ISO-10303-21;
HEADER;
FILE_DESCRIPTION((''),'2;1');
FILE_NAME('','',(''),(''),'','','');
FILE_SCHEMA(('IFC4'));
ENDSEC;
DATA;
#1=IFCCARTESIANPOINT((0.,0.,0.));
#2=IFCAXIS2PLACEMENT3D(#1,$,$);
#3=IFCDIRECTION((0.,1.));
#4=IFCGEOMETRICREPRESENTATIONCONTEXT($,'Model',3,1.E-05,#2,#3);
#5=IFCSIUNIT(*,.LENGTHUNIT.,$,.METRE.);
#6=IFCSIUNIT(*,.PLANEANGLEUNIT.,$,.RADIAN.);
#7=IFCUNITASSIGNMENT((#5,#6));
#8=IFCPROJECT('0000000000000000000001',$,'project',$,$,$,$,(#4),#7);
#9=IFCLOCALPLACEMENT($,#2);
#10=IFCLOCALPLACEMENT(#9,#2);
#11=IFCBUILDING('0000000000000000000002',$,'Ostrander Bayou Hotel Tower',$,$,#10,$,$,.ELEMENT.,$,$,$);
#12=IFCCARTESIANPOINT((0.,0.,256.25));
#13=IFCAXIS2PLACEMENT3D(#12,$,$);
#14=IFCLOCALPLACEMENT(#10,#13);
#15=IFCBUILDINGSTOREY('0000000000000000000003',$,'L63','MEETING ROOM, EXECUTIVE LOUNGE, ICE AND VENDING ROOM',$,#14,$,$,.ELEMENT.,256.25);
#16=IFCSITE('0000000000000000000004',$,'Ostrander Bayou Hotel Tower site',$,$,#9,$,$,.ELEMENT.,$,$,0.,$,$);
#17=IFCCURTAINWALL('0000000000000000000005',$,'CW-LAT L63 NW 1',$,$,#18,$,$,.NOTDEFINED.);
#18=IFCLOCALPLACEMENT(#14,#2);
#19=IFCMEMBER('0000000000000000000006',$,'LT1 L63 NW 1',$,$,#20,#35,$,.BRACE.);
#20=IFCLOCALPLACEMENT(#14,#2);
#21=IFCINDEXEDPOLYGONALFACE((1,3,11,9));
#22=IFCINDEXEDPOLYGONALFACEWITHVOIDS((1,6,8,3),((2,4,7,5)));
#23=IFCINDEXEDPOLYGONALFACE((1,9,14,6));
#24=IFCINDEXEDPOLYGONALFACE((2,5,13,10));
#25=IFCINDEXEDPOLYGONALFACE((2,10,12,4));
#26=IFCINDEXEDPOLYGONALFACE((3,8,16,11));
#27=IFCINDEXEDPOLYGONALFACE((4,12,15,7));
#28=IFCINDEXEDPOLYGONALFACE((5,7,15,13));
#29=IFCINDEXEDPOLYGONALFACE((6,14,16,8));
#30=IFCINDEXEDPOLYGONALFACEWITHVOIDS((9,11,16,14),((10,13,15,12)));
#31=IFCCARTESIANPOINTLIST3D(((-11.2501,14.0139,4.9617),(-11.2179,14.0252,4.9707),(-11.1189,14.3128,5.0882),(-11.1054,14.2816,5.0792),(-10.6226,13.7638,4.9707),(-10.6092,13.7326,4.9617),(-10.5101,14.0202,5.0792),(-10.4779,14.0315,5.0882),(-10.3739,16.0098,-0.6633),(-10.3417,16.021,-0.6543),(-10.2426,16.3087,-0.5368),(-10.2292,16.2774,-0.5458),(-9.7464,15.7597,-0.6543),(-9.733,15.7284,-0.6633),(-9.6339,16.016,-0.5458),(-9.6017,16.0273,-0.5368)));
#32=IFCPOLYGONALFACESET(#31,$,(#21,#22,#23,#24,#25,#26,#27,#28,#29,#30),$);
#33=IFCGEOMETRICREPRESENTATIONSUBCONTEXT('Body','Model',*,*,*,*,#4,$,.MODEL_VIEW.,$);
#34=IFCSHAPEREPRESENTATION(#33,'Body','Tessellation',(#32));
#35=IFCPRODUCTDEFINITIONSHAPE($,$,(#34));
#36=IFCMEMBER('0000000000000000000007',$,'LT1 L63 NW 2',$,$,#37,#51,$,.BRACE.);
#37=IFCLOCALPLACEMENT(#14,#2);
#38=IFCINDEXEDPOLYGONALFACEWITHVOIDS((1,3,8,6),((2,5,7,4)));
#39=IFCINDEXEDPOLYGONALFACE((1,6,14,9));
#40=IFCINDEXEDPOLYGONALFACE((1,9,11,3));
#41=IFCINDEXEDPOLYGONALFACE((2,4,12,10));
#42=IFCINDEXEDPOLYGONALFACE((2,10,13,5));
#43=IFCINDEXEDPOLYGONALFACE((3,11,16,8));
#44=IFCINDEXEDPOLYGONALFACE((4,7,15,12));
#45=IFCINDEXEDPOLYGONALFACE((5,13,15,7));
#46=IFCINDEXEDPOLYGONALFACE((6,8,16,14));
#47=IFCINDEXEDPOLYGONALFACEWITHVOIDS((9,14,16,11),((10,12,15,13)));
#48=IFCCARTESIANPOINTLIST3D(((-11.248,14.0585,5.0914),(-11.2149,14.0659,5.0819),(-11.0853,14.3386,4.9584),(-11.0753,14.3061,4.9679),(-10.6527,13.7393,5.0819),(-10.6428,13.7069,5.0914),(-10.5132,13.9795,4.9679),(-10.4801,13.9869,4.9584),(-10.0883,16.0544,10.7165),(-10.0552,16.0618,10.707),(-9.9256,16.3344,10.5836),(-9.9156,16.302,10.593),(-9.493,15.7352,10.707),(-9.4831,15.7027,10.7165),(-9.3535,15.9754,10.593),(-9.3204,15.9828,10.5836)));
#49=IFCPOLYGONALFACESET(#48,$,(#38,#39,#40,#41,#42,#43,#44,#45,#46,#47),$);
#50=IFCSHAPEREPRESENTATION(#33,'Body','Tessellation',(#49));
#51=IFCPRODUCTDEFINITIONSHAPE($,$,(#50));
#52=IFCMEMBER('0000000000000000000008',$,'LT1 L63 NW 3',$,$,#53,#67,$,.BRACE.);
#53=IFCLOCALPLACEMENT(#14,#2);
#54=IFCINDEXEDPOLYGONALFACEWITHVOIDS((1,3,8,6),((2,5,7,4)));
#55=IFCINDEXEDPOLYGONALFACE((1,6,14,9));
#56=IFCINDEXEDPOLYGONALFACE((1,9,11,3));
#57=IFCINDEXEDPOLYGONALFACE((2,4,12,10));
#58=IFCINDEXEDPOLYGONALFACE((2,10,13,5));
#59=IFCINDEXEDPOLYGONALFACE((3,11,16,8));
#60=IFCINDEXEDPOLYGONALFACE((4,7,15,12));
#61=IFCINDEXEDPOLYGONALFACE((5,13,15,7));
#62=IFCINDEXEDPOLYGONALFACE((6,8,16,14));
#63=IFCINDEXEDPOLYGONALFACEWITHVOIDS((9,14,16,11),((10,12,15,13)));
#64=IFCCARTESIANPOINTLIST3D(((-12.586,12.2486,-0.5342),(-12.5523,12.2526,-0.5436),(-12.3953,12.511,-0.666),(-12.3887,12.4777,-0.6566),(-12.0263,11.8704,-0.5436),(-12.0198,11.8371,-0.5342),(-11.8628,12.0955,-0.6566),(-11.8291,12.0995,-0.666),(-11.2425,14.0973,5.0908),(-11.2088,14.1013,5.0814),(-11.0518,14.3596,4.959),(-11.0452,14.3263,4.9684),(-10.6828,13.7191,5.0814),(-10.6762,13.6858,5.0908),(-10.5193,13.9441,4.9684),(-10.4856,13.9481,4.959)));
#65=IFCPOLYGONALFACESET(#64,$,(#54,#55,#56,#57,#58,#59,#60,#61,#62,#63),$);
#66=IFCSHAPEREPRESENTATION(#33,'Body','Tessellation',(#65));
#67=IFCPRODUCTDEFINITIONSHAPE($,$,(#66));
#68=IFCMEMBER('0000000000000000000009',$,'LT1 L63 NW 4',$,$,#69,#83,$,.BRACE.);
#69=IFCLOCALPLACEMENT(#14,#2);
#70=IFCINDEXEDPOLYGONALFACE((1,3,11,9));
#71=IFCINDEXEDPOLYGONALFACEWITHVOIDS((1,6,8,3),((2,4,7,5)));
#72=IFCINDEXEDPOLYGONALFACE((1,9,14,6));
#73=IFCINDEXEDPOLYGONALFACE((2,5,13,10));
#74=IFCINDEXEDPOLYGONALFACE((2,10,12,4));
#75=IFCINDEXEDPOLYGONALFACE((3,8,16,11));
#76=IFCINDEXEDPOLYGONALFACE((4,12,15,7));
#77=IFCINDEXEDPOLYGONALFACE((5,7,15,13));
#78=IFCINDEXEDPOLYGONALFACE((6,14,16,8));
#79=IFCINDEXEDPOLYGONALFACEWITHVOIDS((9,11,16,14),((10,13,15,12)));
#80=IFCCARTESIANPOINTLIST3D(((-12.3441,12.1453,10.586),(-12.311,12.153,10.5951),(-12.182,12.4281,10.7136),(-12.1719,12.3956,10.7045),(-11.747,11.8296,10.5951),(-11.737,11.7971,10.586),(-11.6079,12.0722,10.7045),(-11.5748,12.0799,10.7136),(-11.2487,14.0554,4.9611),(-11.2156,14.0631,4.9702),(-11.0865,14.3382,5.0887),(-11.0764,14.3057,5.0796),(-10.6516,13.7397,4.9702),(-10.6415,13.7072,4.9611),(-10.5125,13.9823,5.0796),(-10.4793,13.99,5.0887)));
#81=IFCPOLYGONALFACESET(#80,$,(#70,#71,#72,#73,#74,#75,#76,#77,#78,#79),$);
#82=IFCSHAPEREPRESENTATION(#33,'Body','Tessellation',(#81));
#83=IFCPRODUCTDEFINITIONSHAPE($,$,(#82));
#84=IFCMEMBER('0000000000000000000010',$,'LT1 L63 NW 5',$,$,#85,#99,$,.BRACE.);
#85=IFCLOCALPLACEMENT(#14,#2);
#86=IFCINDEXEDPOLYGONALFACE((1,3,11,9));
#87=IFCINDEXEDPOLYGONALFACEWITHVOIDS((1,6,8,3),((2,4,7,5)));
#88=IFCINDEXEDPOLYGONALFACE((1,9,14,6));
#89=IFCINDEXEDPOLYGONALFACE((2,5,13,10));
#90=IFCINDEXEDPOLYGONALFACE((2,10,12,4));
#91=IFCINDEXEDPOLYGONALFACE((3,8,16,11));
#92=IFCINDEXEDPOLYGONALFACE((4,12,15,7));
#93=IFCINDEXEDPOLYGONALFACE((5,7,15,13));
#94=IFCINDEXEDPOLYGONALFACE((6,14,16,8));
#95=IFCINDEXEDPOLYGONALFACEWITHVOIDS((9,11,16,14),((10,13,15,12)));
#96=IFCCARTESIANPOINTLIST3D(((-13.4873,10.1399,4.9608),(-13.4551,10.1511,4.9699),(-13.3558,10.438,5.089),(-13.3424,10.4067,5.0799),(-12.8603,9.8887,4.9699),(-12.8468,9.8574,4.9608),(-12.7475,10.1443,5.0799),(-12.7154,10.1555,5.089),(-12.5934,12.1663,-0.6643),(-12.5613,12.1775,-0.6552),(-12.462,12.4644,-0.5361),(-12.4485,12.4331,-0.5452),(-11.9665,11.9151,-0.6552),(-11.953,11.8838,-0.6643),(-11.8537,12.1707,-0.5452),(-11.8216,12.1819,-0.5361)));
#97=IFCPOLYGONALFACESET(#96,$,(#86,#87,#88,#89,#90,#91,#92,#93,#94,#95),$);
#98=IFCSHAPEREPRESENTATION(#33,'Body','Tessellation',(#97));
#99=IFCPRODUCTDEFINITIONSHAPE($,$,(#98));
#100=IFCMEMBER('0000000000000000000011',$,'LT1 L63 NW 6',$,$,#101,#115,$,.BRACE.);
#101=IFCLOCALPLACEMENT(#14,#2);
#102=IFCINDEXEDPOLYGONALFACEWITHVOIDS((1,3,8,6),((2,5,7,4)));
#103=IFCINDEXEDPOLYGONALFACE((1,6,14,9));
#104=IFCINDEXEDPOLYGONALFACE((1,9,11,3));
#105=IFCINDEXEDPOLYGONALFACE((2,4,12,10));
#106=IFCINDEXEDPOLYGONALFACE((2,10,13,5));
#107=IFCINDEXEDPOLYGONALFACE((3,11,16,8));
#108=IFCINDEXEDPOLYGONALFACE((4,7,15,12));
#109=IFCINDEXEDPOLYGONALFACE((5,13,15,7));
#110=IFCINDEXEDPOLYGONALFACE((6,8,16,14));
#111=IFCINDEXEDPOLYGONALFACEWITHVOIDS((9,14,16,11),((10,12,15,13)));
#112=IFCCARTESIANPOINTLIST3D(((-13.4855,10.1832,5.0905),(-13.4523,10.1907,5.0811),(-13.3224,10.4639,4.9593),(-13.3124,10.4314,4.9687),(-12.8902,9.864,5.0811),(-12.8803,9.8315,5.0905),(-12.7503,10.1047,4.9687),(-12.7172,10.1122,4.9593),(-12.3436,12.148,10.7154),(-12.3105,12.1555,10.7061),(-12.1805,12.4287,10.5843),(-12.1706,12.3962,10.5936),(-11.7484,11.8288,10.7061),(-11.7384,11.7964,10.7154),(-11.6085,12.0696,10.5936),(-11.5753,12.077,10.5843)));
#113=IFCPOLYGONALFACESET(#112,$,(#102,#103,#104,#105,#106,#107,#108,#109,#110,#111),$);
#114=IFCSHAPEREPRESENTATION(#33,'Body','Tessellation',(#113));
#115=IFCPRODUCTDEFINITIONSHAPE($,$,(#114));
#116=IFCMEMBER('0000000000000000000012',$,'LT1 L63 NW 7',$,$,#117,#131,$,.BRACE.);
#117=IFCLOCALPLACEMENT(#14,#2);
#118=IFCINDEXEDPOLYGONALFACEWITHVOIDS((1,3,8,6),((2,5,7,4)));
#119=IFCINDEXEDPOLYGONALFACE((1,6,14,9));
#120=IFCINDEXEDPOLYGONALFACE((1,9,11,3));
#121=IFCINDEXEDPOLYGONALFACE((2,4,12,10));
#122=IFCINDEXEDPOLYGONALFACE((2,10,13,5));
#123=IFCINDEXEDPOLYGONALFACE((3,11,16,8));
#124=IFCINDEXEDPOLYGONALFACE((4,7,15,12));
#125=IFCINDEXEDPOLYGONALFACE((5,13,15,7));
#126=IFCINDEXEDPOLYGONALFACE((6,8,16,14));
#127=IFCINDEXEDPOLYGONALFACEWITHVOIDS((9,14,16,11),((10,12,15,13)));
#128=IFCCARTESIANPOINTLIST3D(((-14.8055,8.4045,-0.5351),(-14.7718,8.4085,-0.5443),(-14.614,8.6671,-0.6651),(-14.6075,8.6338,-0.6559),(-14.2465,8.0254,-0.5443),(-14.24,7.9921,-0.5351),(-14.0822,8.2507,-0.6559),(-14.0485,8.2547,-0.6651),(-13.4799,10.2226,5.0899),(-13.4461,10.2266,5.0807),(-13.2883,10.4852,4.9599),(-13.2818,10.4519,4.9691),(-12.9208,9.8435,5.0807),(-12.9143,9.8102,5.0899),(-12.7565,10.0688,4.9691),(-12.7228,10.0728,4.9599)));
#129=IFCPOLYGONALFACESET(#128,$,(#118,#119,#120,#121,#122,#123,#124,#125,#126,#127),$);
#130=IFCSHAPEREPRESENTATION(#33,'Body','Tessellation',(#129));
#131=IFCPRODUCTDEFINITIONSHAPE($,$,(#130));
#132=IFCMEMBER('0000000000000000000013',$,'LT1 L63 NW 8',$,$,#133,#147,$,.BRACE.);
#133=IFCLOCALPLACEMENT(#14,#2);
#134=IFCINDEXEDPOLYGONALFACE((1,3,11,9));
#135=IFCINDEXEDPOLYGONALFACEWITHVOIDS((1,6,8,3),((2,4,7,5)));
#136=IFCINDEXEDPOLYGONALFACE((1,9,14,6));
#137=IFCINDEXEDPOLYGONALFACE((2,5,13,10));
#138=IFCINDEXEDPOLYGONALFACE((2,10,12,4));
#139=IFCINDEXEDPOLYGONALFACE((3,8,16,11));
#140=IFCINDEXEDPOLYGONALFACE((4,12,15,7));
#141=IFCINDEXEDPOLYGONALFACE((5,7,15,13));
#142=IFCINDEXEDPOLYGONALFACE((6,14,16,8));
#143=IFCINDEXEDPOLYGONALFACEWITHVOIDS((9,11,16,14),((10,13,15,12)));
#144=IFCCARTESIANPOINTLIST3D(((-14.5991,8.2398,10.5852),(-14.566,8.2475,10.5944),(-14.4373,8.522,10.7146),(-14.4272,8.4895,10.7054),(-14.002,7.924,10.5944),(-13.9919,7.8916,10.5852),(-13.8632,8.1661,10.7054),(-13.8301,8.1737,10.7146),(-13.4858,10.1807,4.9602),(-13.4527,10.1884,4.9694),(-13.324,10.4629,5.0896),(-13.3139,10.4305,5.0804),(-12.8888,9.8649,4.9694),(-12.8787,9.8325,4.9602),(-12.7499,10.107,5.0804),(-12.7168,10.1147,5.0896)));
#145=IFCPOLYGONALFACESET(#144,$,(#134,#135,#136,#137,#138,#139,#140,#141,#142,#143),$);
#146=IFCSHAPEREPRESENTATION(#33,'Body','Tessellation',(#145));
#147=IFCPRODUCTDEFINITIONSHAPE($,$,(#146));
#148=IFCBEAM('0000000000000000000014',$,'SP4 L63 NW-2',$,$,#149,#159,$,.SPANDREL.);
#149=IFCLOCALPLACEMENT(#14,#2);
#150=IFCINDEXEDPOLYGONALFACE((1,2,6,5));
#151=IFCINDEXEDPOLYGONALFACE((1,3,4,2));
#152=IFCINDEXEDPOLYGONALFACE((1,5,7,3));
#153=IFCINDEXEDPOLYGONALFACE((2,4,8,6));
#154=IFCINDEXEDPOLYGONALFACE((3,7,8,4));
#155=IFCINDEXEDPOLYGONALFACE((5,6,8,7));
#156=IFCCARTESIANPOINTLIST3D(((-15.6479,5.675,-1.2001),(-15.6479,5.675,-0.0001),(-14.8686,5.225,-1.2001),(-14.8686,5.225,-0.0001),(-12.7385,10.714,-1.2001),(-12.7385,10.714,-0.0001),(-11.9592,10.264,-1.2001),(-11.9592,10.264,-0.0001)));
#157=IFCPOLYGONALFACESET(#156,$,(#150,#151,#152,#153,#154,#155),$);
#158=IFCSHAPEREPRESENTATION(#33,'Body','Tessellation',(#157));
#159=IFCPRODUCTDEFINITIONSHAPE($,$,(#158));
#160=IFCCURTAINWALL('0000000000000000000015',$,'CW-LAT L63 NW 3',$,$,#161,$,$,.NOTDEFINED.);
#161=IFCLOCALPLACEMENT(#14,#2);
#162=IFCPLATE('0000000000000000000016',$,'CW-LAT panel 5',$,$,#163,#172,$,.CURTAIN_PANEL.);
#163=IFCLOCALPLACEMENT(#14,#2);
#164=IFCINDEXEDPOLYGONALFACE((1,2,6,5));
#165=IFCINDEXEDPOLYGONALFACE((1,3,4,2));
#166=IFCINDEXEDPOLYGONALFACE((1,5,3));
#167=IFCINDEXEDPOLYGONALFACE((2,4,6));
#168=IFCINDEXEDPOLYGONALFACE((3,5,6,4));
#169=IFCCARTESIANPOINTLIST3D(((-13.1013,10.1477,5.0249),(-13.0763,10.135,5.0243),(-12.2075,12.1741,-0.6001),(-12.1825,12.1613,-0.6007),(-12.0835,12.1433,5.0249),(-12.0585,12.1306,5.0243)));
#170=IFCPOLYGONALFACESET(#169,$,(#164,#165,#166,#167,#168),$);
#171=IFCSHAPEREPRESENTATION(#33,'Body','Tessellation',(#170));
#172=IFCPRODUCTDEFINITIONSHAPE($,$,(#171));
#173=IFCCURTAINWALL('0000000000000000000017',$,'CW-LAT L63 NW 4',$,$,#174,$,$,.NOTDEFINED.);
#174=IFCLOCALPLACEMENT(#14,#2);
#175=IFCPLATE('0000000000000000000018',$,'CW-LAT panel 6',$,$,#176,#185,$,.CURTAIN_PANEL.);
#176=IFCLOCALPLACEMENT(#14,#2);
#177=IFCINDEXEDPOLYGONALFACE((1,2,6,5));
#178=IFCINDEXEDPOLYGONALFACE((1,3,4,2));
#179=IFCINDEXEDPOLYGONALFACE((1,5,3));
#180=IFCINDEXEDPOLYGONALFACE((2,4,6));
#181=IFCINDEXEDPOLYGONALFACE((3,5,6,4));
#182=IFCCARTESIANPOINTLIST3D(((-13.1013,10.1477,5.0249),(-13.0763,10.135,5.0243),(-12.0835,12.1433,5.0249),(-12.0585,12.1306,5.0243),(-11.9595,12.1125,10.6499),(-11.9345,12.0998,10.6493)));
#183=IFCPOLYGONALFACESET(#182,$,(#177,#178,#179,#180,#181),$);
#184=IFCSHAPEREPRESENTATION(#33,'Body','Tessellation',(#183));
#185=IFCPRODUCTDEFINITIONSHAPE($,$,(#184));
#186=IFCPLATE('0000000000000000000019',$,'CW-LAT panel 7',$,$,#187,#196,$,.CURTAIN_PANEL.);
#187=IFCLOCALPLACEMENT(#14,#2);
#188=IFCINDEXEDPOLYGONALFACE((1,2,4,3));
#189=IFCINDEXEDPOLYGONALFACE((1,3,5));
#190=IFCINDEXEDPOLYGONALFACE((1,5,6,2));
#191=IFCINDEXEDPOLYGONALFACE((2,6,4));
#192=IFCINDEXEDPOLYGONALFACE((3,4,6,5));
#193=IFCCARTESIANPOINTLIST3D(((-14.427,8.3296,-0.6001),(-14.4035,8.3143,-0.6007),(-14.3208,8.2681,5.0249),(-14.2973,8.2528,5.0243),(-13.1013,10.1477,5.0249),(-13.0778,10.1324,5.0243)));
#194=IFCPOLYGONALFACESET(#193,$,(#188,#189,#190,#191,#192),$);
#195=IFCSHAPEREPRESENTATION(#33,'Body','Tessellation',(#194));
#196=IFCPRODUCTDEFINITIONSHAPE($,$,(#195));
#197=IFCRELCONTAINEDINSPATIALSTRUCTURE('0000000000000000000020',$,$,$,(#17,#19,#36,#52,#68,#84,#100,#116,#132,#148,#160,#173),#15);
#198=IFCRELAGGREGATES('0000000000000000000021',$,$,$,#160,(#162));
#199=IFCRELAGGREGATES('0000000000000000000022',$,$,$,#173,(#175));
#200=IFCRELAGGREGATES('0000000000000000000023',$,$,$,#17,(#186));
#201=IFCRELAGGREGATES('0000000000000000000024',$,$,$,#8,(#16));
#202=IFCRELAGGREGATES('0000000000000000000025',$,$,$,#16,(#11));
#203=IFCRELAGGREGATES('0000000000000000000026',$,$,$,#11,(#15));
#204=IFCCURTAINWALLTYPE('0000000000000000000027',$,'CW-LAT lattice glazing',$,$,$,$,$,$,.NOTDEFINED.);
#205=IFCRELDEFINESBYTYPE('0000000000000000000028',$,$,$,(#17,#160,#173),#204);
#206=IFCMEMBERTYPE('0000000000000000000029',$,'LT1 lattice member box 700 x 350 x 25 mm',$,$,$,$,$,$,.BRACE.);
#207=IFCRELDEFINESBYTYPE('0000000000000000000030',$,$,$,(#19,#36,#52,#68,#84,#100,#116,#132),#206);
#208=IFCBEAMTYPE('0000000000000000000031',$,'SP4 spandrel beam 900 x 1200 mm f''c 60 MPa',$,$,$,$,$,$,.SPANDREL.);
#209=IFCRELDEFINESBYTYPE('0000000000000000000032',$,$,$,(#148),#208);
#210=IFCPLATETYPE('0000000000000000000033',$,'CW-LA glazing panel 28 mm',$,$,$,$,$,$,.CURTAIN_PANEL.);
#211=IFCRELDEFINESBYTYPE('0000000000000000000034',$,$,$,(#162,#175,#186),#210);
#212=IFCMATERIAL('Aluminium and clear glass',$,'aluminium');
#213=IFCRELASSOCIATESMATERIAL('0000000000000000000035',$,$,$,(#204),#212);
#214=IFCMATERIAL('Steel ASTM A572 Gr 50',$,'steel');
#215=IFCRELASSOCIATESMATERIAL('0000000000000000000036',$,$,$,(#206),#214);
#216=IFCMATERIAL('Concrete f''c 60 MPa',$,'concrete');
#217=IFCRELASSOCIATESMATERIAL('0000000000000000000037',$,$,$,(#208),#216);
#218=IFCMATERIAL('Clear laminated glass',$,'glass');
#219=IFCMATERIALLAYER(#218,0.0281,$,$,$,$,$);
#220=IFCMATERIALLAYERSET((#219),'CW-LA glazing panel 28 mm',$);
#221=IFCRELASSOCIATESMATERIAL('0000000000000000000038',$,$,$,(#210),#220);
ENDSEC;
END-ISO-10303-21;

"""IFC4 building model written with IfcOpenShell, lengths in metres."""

from ifc_helpers import new_model, si_unit, direction, frame, origin, origin_2d, place, context, subcontext, project, spatial, polyline, rectangle, hollow_rectangle, outline, extrude, material, layer, layer_set, material_profile, profile_set, type_object, element, aggregate, save


model = new_model("IFC4")

# Units and contexts
model_context = context("Model", 3, precision=1e-05, world=origin(), true_north=direction((0.0, 1.0)))
body_context = subcontext(model_context, "Body", "Model", "MODEL_VIEW")
ifc_project = project(units=[si_unit("LENGTHUNIT", "METRE"), si_unit("PLANEANGLEUNIT", "RADIAN")], contexts=[model_context])

# Site, building, storey
site_placement = place(None, origin())
site = spatial("IfcSite", under=ifc_project, at=site_placement, Name="Ostrander Bayou Hotel Tower site", CompositionType="ELEMENT", RefElevation=0.0)
building_placement = place(site_placement, origin())
building = spatial("IfcBuilding", under=site, at=building_placement, Name="Ostrander Bayou Hotel Tower", CompositionType="ELEMENT")
storey_placement = place(building_placement, frame((0.0, 0.0, 256.25)))
storey = spatial("IfcBuildingStorey", under=building, at=storey_placement, Name="L63", Description="MEETING ROOM, EXECUTIVE LOUNGE, ICE AND VENDING ROOM", CompositionType="ELEMENT", Elevation=256.25)

# Curtain wall
ifc_material_1 = material(Name="Aluminium and clear glass", Category="aluminium")
curtain_wall_type = type_object("IfcCurtainWallType", Name="CW-LAT lattice glazing", PredefinedType="NOTDEFINED", material=ifc_material_1)
curtain_wall_1_placement = place(storey_placement, origin())
curtain_wall_1 = element("IfcCurtainWall", 1, at=curtain_wall_1_placement, inside=storey, type_object=curtain_wall_type, Name="CW-LAT L63 NW 1", PredefinedType="NOTDEFINED")

# Members
ifc_material_2 = material(Name="Steel ASTM A572 Gr 50", Category="steel")
ifc_material_profile_1 = material_profile(ifc_material_2, hollow_rectangle(XDim=0.7, YDim=0.3501, WallThickness=0.0249, at=origin_2d()))
ifc_profile_set_1 = profile_set([ifc_material_profile_1], Name="Steel ASTM A572 Gr 50")
member_type_1 = type_object("IfcMemberType", Name="LT1 lattice member box 700 x 350 x 25 mm", PredefinedType="BRACE", material=ifc_profile_set_1)
member_1_placement = place(storey_placement, frame((-10.864, 14.0227, 5.0249), z_axis=(0.145249, 0.330846, -0.93244), x_axis=(-0.915645, 0.401988, 0.0)))
element("IfcMember", 2, at=member_1_placement, inside=storey, type_object=member_type_1, Name="LT1 L63 NW 1", PredefinedType="BRACE", context=body_context, shape_type="SweptSolid", body=[
    extrude(hollow_rectangle(XDim=0.7, YDim=0.3501, WallThickness=0.0249, at=origin_2d()), origin(), (0.0, 0.0, 1.0), 6.0325),
])
member_2_placement = place(storey_placement, frame((-10.864, 14.0227, 5.0249), z_axis=(0.190728, 0.328254, 0.925134), x_axis=(-0.864641, 0.502391, 0.0)))
element("IfcMember", 3, at=member_2_placement, inside=storey, type_object=member_type_1, Name="LT1 L63 NW 2", PredefinedType="BRACE", context=body_context, shape_type="SweptSolid", body=[
    extrude(hollow_rectangle(XDim=0.7, YDim=0.3501, WallThickness=0.0249, at=origin_2d()), origin(), (0.0, 0.0, 1.0), 6.0803),
])
member_3_placement = place(storey_placement, frame((-10.864, 14.0227, 5.0249), z_axis=(-0.221281, -0.304477, -0.92646), x_axis=(0.808935, -0.587899, 0.0)))
element("IfcMember", 4, at=member_3_placement, inside=storey, type_object=member_type_1, Name="LT1 L63 NW 3", PredefinedType="BRACE", context=body_context, shape_type="SweptSolid", body=[
    extrude(hollow_rectangle(XDim=0.7, YDim=0.3501, WallThickness=0.0249, at=origin_2d()), origin(), (0.0, 0.0, 1.0), 6.0715),
])
member_4_placement = place(storey_placement, frame((-10.864, 14.0227, 5.0249), z_axis=(-0.181348, -0.316217, 0.931192), x_axis=(0.867471, -0.497488, 0.0)))
element("IfcMember", 5, at=member_4_placement, inside=storey, type_object=member_type_1, Name="LT1 L63 NW 4", PredefinedType="BRACE", context=body_context, shape_type="SweptSolid", body=[
    extrude(hollow_rectangle(XDim=0.7, YDim=0.3501, WallThickness=0.0249, at=origin_2d()), origin(), (0.0, 0.0, 1.0), 6.0405),
])
member_5_placement = place(storey_placement, frame((-13.1013, 10.1477, 5.0249), z_axis=(0.14785, 0.335197, -0.930475), x_axis=(-0.914949, 0.40357, 0.0)))
element("IfcMember", 6, at=member_5_placement, inside=storey, type_object=member_type_1, Name="LT1 L63 NW 5", PredefinedType="BRACE", context=body_context, shape_type="SweptSolid", body=[
    extrude(hollow_rectangle(XDim=0.7, YDim=0.3501, WallThickness=0.0249, at=origin_2d()), origin(), (0.0, 0.0, 1.0), 6.0454),
])
member_6_placement = place(storey_placement, frame((-13.1013, 10.1477, 5.0249), z_axis=(0.188215, 0.323873, 0.92719), x_axis=(-0.864604, 0.502454, 0.0)))
element("IfcMember", 7, at=member_6_placement, inside=storey, type_object=member_type_1, Name="LT1 L63 NW 6", PredefinedType="BRACE", context=body_context, shape_type="SweptSolid", body=[
    extrude(hollow_rectangle(XDim=0.7, YDim=0.3501, WallThickness=0.0249, at=origin_2d()), origin(), (0.0, 0.0, 1.0), 6.0667),
])
member_7_placement = place(storey_placement, frame((-13.1013, 10.1477, 5.0249), z_axis=(-0.218819, -0.300101, -0.928471), x_axis=(0.808013, -0.589165, 0.0)))
element("IfcMember", 8, at=member_7_placement, inside=storey, type_object=member_type_1, Name="LT1 L63 NW 7", PredefinedType="BRACE", context=body_context, shape_type="SweptSolid", body=[
    extrude(hollow_rectangle(XDim=0.7, YDim=0.3501, WallThickness=0.0249, at=origin_2d()), origin(), (0.0, 0.0, 1.0), 6.0583),
])
member_8_placement = place(storey_placement, frame((-13.1013, 10.1477, 5.0249), z_axis=(-0.183901, -0.320617, 0.929185), x_axis=(0.867436, -0.497548, 0.0)))
element("IfcMember", 9, at=member_8_placement, inside=storey, type_object=member_type_1, Name="LT1 L63 NW 8", PredefinedType="BRACE", context=body_context, shape_type="SweptSolid", body=[
    extrude(hollow_rectangle(XDim=0.7, YDim=0.3501, WallThickness=0.0249, at=origin_2d()), origin(), (0.0, 0.0, 1.0), 6.0537),
])

# Beam
ifc_material_3 = material(Name="Concrete f'c 60 MPa", Category="concrete")
ifc_material_profile_2 = material_profile(ifc_material_3, rectangle(XDim=0.8999, YDim=1.2, at=origin_2d()))
ifc_profile_set_2 = profile_set([ifc_material_profile_2], Name="Concrete f'c 60 MPa")
beam_type_1 = type_object("IfcBeamType", Name="SP4 spandrel beam 900 x 1200 mm f'c 60 MPa", PredefinedType="SPANDREL", material=ifc_profile_set_2)
beam_1_placement = place(storey_placement, frame((-12.3489, 10.489, -0.6001), z_axis=(-0.500015, -0.866016, 0.0), x_axis=(0.866016, -0.500015, 0.0)))
element("IfcBeam", 10, at=beam_1_placement, inside=storey, type_object=beam_type_1, Name="SP4 L63 NW-2", PredefinedType="SPANDREL", context=body_context, shape_type="SweptSolid", body=[
    extrude(rectangle(XDim=0.8999, YDim=1.2, at=origin_2d()), origin(), (0.0, 0.0, 1.0), 5.8186),
])

# Curtain walls, plates
curtain_wall_2_placement = place(storey_placement, origin())
curtain_wall_2 = element("IfcCurtainWall", 11, at=curtain_wall_2_placement, inside=storey, type_object=curtain_wall_type, Name="CW-LAT L63 NW 3", PredefinedType="NOTDEFINED")
ifc_material_4 = material(Name="Clear laminated glass", Category="glass")
ifc_layer_1 = layer(ifc_material_4, 0.0281)
ifc_layer_set_1 = layer_set([ifc_layer_1], Name="CW-LA glazing panel 28 mm")
plate_type = type_object("IfcPlateType", Name="CW-LA glazing panel 28 mm", PredefinedType="CURTAIN_PANEL", material=ifc_layer_set_1)
plate_1_placement = place(storey_placement, frame((-13.1013, 10.1477, 5.0249), z_axis=(-0.890606, 0.454237, 0.022121), x_axis=(0.14785, 0.335197, -0.930475)))
plate_1 = element("IfcPlate", 12, at=plate_1_placement, type_object=plate_type, Name="CW-LAT panel 5", PredefinedType="CURTAIN_PANEL", context=body_context, shape_type="SweptSolid", body=[
    extrude(outline(polyline([(0.0, 0.0), (6.0453, 0.0), (0.8194, -2.0849), (0.0, 0.0)])), origin(), (0.0, 0.0, -1.0), 0.0281),
])
aggregate(curtain_wall_2, [plate_1])
curtain_wall_3_placement = place(storey_placement, origin())
curtain_wall_3 = element("IfcCurtainWall", 13, at=curtain_wall_3_placement, inside=storey, type_object=curtain_wall_type, Name="CW-LAT L63 NW 4", PredefinedType="NOTDEFINED")
plate_2_placement = place(storey_placement, frame((-13.1013, 10.1477, 5.0249), z_axis=(-0.890606, 0.454237, 0.022121), x_axis=(0.188215, 0.323873, 0.92719)))
plate_2 = element("IfcPlate", 14, at=plate_2_placement, type_object=plate_type, Name="CW-LAT panel 6", PredefinedType="CURTAIN_PANEL", context=body_context, shape_type="SweptSolid", body=[
    extrude(outline(polyline([(0.0, 0.0), (6.0667, 0.0), (0.8379, 2.0776), (0.0, 0.0)])), origin(), (0.0, 0.0, -1.0), 0.0281),
])
aggregate(curtain_wall_3, [plate_2])

# Plate
plate_3_placement = place(storey_placement, frame((-13.1013, 10.1477, 5.0249), z_axis=(-0.83871, 0.544143, 0.021787), x_axis=(-0.218819, -0.300101, -0.928471)))
plate_3 = element("IfcPlate", 15, at=plate_3_placement, type_object=plate_type, Name="CW-LAT panel 7", PredefinedType="CURTAIN_PANEL", context=body_context, shape_type="SweptSolid", body=[
    extrude(outline(polyline([(0.0, 0.0), (6.0584, 0.0), (0.8309, 2.0808), (0.0, 0.0)])), origin(), (0.0, 0.0, -1.0), 0.0281),
])
aggregate(curtain_wall_1, [plate_3])

save(model, "model.ifc")
